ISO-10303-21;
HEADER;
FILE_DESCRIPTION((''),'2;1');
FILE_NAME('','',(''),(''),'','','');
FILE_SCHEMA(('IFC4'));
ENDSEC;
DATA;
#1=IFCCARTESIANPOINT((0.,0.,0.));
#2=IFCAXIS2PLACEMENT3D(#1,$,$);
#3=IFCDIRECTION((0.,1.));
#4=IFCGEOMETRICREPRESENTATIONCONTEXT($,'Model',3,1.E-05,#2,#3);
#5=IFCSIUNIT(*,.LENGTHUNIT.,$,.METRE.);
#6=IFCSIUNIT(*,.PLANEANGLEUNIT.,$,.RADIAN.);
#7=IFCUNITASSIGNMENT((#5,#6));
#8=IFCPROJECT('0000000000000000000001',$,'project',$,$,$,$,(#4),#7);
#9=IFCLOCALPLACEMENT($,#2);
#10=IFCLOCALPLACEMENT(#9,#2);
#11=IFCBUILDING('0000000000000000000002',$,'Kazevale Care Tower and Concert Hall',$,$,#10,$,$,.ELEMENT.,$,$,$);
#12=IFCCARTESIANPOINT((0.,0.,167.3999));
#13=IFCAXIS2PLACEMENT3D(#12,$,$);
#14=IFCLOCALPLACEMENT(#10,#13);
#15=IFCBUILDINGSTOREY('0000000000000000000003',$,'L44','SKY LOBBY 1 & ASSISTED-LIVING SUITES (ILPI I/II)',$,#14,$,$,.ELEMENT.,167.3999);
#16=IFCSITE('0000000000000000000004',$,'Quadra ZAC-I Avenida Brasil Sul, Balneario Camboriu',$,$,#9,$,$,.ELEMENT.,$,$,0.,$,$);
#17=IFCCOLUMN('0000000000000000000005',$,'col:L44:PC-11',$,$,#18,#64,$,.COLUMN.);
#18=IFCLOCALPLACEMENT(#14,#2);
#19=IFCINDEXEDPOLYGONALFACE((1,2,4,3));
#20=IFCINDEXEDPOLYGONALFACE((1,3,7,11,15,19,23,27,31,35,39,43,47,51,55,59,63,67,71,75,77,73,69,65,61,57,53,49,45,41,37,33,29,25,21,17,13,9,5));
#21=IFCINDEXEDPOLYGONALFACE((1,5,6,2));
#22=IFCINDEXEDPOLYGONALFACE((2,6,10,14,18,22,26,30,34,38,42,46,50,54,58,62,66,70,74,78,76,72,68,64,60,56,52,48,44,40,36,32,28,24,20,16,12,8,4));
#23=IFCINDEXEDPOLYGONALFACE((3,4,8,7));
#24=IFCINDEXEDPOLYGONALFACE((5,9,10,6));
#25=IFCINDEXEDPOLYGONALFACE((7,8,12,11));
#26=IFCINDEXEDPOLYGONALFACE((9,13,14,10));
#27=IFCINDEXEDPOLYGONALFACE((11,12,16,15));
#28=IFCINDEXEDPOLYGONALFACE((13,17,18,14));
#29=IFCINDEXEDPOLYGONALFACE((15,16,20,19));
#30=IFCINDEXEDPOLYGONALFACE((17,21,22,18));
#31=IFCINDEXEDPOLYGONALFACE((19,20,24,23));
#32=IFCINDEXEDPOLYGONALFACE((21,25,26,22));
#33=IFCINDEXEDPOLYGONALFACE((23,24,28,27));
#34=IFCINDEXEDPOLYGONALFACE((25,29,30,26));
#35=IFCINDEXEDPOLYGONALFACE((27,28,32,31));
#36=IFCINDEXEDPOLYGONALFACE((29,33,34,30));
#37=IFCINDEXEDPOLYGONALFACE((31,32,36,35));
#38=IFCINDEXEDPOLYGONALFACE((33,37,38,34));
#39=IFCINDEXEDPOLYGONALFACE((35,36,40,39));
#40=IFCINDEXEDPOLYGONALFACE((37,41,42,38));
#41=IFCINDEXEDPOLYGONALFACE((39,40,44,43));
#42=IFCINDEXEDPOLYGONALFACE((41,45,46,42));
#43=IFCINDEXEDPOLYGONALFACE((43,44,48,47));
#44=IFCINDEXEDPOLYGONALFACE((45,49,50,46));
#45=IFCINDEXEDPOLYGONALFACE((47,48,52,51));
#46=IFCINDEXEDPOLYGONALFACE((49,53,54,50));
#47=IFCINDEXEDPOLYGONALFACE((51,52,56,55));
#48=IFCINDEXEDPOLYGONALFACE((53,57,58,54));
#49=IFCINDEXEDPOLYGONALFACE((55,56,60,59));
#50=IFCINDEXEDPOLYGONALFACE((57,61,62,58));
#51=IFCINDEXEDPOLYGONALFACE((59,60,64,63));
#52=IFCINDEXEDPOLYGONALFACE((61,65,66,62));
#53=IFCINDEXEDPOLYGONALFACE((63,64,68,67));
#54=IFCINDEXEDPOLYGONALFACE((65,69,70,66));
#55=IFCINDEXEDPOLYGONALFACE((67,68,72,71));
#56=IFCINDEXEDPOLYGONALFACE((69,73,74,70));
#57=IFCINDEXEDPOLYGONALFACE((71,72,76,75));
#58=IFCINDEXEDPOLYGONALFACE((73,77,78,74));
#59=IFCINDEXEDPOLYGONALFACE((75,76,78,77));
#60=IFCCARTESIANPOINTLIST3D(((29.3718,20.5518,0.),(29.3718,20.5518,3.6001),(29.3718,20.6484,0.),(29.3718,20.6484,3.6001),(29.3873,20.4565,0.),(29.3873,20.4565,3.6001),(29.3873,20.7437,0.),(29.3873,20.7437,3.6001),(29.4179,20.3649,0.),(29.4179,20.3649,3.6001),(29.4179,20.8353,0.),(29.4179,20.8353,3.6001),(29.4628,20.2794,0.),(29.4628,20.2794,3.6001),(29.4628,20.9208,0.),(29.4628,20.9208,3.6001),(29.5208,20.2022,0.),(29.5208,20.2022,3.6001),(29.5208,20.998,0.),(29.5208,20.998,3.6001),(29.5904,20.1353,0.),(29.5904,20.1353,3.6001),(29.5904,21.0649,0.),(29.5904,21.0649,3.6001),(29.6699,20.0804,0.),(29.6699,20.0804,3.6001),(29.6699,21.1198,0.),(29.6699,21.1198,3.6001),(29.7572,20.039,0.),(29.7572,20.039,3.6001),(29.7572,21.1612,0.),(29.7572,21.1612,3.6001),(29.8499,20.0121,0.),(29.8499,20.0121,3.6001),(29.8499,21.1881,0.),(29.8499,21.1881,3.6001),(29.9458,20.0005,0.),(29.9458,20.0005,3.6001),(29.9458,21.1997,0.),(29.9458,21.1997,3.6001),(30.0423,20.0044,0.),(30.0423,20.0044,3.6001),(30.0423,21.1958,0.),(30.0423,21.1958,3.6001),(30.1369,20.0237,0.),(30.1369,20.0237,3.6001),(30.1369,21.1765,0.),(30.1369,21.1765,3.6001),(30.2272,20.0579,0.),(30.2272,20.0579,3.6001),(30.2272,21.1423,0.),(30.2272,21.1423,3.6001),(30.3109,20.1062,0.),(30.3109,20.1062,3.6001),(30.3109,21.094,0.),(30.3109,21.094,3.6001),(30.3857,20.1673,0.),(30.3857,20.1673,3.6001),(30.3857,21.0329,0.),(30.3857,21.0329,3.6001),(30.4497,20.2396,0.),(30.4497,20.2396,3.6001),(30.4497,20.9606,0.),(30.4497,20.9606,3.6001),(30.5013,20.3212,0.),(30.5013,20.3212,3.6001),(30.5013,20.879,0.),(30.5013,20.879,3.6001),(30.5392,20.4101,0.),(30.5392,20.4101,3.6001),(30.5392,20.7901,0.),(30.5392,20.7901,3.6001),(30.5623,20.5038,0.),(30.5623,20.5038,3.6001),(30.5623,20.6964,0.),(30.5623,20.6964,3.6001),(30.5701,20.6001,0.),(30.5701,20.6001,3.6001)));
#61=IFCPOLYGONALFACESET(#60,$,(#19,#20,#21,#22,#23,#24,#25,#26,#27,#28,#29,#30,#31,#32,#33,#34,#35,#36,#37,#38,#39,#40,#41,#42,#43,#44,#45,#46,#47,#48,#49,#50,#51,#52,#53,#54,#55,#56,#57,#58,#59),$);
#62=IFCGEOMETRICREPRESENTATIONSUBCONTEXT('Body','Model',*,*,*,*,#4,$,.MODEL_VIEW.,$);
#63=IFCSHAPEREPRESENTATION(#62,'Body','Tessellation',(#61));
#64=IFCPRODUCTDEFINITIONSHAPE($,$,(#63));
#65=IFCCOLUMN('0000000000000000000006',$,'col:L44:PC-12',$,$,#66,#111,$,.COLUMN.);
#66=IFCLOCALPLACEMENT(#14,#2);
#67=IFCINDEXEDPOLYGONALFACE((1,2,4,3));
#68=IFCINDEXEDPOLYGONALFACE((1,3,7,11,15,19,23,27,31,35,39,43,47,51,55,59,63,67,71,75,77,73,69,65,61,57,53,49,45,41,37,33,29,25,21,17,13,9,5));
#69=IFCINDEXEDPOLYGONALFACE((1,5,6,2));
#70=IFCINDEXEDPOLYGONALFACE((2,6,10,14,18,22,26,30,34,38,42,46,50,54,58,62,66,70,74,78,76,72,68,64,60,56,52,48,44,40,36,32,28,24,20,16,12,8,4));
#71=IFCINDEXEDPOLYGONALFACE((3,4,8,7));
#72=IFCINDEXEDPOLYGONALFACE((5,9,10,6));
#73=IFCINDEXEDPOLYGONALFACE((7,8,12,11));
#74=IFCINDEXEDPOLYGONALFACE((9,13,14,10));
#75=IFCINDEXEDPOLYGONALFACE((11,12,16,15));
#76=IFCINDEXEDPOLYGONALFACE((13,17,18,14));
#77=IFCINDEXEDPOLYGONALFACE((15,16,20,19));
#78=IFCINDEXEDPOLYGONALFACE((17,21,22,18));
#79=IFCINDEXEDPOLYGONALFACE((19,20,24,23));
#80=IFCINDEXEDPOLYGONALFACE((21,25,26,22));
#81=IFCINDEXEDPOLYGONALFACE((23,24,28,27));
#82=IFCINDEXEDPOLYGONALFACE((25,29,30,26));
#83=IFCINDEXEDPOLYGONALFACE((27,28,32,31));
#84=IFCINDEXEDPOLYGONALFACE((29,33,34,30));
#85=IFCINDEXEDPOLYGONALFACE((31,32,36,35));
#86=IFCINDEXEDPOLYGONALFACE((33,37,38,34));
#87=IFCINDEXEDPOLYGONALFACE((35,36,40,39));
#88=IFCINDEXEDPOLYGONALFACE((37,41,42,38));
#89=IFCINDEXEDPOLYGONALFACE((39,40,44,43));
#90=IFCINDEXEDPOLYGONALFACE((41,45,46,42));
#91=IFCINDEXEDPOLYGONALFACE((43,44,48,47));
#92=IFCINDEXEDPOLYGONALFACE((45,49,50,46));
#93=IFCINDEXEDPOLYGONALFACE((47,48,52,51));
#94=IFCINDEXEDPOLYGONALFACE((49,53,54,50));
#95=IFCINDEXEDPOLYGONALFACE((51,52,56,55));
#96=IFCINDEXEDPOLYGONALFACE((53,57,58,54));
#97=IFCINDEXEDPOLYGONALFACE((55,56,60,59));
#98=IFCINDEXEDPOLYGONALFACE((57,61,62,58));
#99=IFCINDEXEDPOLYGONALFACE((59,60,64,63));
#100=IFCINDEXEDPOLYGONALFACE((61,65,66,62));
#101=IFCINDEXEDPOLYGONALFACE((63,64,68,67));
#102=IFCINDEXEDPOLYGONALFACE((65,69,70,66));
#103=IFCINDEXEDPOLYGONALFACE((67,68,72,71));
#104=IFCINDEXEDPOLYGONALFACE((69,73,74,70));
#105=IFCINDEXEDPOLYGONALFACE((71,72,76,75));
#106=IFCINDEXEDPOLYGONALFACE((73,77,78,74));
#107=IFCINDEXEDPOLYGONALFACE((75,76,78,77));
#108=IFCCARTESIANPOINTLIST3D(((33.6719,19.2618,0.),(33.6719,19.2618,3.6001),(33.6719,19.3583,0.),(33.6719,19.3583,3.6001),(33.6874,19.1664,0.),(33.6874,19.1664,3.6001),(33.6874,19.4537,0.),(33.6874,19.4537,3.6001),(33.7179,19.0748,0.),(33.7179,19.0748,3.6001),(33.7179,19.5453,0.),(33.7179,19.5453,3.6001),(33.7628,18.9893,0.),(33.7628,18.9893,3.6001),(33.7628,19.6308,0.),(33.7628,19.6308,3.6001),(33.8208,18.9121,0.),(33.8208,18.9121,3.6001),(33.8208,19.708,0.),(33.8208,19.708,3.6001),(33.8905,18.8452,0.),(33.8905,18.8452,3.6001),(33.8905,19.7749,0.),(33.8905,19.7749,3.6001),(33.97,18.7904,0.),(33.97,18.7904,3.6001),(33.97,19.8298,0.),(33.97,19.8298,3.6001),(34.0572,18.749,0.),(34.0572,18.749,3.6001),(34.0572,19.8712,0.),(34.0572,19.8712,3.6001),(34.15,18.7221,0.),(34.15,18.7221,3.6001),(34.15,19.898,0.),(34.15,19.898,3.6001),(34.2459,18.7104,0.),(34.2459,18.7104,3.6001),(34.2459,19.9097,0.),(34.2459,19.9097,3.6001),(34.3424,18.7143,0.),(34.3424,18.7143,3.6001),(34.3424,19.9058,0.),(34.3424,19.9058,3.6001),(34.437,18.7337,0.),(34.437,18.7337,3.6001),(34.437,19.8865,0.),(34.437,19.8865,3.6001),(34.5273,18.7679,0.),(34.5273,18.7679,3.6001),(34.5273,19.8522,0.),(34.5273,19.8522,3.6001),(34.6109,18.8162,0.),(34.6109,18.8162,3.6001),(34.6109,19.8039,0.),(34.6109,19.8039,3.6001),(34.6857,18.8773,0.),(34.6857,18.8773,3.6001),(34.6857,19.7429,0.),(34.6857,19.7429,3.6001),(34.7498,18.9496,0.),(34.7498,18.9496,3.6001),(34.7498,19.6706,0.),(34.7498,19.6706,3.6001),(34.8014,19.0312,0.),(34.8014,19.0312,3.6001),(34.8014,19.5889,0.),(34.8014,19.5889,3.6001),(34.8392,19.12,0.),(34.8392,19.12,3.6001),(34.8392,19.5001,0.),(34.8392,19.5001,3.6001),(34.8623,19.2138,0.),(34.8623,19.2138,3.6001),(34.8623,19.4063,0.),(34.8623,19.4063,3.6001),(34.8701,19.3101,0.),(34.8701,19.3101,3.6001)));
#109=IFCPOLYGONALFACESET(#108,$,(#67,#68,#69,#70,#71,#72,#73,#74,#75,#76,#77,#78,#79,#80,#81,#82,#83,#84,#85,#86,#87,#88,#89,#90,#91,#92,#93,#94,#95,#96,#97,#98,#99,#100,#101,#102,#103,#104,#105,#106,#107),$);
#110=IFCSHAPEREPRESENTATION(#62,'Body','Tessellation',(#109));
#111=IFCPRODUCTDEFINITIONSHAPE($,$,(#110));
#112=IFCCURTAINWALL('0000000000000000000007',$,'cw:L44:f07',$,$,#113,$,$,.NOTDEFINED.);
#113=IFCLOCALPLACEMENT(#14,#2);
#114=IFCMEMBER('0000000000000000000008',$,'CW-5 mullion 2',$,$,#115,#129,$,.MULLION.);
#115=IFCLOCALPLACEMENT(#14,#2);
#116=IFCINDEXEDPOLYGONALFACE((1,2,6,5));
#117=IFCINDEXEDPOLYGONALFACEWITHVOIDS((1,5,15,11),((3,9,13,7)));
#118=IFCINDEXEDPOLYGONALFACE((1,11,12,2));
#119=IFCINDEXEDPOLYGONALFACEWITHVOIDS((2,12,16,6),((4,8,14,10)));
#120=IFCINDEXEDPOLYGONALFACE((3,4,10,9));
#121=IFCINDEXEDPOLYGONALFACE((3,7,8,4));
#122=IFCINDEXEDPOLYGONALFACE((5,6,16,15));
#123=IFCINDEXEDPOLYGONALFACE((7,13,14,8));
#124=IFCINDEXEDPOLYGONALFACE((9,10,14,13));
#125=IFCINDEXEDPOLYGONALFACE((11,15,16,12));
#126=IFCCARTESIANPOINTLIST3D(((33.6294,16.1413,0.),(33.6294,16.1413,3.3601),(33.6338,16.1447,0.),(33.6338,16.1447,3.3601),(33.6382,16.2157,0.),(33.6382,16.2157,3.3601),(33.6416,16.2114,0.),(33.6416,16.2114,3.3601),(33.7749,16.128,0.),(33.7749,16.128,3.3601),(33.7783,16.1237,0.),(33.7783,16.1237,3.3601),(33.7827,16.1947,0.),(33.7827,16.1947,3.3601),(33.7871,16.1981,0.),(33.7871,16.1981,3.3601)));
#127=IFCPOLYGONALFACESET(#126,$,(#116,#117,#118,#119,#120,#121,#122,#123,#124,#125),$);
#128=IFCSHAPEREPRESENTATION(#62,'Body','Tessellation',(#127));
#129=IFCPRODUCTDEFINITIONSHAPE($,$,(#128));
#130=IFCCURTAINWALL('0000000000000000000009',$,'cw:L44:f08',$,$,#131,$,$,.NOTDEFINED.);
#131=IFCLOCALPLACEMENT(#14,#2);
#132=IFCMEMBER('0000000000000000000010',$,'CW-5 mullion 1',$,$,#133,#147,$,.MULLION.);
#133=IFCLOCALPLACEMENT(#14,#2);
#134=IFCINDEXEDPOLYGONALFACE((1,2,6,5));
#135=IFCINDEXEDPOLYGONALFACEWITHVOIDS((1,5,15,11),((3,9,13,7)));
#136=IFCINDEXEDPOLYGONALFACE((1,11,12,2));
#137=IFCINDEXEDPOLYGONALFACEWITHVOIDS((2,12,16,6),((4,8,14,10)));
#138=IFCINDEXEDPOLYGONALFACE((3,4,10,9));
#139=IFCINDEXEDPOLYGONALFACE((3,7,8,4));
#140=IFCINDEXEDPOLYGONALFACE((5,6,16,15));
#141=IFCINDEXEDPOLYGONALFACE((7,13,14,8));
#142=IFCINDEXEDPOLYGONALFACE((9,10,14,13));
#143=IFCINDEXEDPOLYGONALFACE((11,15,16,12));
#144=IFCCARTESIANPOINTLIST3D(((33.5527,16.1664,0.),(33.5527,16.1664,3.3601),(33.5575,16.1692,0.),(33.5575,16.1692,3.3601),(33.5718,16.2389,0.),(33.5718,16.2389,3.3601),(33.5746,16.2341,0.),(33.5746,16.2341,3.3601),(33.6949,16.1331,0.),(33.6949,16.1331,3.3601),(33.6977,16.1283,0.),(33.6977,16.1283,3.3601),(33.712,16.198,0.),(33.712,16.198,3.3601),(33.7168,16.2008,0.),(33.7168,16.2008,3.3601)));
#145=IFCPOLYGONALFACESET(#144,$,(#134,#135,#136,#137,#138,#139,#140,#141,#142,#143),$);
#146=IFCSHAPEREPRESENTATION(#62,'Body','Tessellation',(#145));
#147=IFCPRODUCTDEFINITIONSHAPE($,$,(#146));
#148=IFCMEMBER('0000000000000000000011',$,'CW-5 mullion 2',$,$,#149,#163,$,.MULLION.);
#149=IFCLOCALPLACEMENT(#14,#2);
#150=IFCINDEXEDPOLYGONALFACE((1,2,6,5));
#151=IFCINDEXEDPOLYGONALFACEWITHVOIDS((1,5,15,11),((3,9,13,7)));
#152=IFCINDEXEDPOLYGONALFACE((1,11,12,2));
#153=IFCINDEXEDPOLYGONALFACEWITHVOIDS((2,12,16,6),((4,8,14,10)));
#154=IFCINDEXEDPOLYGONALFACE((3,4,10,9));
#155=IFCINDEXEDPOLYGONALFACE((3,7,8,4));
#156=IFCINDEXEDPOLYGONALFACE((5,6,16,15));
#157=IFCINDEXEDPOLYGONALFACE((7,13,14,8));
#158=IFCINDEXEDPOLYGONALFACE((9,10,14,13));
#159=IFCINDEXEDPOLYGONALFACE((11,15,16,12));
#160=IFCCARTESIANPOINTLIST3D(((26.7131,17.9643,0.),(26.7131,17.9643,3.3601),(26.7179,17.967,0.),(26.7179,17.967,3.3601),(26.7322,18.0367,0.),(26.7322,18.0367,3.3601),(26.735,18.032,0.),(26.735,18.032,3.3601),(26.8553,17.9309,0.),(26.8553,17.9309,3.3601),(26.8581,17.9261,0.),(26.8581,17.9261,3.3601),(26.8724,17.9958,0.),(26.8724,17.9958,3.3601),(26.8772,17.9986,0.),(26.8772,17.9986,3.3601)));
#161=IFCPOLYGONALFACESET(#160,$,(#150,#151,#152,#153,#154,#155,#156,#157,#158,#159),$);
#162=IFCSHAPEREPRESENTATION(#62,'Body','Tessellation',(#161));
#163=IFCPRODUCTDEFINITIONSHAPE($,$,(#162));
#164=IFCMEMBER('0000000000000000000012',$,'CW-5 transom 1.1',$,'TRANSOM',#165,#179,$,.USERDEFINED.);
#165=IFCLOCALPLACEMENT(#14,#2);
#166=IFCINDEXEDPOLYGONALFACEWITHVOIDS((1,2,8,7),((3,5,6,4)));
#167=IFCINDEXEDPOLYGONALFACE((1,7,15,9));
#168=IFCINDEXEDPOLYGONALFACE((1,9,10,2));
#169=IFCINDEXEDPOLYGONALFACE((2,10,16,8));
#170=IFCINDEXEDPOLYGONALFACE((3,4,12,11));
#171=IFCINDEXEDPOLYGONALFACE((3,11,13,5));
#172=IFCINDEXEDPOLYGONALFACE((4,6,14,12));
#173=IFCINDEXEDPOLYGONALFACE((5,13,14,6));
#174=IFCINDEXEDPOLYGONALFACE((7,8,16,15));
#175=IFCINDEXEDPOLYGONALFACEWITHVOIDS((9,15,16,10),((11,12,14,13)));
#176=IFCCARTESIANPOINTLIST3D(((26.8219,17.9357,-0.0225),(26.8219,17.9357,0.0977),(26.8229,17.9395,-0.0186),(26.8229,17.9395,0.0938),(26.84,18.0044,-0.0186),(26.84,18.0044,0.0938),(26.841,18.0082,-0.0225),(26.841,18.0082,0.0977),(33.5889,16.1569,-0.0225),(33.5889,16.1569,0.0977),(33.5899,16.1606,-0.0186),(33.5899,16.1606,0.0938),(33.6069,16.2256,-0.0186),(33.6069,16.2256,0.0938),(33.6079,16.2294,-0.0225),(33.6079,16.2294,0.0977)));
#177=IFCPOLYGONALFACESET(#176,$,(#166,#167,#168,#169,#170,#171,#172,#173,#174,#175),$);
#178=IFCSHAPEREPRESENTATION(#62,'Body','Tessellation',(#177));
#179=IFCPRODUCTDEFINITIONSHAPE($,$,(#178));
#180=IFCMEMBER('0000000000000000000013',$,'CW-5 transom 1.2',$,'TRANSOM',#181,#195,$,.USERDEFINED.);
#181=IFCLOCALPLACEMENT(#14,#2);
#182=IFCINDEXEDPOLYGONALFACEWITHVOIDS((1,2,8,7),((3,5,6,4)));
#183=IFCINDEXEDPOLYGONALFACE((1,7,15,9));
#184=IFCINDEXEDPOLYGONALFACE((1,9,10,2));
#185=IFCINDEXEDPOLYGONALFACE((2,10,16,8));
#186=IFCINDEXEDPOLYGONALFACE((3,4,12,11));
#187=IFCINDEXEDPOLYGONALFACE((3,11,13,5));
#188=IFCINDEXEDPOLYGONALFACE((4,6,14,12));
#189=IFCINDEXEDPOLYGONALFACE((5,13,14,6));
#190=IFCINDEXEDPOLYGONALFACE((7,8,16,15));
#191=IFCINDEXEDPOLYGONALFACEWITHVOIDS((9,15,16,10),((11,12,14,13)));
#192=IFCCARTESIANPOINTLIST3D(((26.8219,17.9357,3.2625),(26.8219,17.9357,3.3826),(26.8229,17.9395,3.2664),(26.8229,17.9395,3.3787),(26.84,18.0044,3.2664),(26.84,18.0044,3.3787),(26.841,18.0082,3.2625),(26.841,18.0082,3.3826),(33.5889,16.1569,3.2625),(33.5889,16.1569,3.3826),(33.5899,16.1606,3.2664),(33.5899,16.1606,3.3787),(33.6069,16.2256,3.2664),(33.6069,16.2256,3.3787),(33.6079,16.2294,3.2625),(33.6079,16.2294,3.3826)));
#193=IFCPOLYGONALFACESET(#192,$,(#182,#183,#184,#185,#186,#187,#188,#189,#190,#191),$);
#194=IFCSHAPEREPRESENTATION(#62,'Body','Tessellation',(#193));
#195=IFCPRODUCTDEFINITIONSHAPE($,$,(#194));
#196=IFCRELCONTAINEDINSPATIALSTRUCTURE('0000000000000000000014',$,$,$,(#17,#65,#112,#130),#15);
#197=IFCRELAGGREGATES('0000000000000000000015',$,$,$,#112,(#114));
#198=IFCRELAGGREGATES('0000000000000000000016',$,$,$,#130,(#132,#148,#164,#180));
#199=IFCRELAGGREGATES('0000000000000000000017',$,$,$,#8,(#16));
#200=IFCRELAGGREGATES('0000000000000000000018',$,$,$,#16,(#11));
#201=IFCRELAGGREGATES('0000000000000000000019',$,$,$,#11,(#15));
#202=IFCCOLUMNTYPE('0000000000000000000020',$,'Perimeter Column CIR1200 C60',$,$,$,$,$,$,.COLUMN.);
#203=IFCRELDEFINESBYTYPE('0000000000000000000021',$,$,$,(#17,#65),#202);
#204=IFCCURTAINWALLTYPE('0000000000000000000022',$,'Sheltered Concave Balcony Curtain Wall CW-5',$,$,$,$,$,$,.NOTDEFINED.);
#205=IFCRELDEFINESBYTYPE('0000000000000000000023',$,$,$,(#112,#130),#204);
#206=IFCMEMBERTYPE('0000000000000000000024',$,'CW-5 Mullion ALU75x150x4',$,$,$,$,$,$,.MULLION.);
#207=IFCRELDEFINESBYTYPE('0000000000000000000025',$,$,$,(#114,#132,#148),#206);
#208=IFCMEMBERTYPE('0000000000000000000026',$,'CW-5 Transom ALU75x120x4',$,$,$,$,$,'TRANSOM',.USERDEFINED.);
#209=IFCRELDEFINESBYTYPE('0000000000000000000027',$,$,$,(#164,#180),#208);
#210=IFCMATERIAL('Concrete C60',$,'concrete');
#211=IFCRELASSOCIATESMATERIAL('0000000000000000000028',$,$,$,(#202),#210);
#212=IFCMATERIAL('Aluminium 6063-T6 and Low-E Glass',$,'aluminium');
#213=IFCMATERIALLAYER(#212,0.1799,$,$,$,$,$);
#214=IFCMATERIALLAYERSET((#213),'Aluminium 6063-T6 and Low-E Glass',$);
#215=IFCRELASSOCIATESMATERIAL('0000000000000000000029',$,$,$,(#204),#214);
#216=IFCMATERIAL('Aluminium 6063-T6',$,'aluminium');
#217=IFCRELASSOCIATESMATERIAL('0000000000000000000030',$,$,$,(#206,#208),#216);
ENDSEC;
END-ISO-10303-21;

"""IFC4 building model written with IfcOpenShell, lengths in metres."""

from ifc_helpers import new_model, si_unit, direction, frame, origin, origin_2d, place, context, subcontext, project, spatial, hollow_rectangle, circle, extrude, material, layer, layer_set, material_profile, profile_set, type_object, element, aggregate, save


model = new_model("IFC4")

# Units and contexts
model_context = context("Model", 3, precision=1e-05, world=origin(), true_north=direction((0.0, 1.0)))
body_context = subcontext(model_context, "Body", "Model", "MODEL_VIEW")
ifc_project = project(units=[si_unit("LENGTHUNIT", "METRE"), si_unit("PLANEANGLEUNIT", "RADIAN")], contexts=[model_context])

# Site, building, storey
site_placement = place(None, origin())
site = spatial("IfcSite", under=ifc_project, at=site_placement, Name="Quadra ZAC-I Avenida Brasil Sul, Balneario Camboriu", CompositionType="ELEMENT", RefElevation=0.0)
building_placement = place(site_placement, origin())
building = spatial("IfcBuilding", under=site, at=building_placement, Name="Kazevale Care Tower and Concert Hall", CompositionType="ELEMENT")
storey_placement = place(building_placement, frame((0.0, 0.0, 167.3999)))
storey = spatial("IfcBuildingStorey", under=building, at=storey_placement, Name="L44", Description="SKY LOBBY 1 & ASSISTED-LIVING SUITES (ILPI I/II)", CompositionType="ELEMENT", Elevation=167.3999)

# Columns
ifc_material_1 = material(Name="Concrete C60", Category="concrete")
ifc_material_profile_1 = material_profile(ifc_material_1, circle(Radius=0.6001, at=origin_2d()), Name="RC-CIR1200")
ifc_profile_set_1 = profile_set([ifc_material_profile_1], Name="Concrete C60")
column_type = type_object("IfcColumnType", Name="Perimeter Column CIR1200 C60", PredefinedType="COLUMN", material=ifc_profile_set_1)
for number, where, z_axis, x_axis, name in (
    (1, (29.97, 20.6001, 0.0), (0.0, 0.0, 1.0), (1.0, 0.0, 0.0), "col:L44:PC-11"),
    (2, (34.27, 19.3101, 0.0), (0.0, 0.0, 1.0), (1.0, 0.0, 0.0), "col:L44:PC-12"),
):
    element("IfcColumn", number, at=place(storey_placement, frame(where, z_axis=z_axis, x_axis=x_axis)), inside=storey, type_object=column_type, Name=name, PredefinedType="COLUMN", context=body_context, shape_type="SweptSolid", body=[
        extrude(circle(Radius=0.6001, at=origin_2d()), origin(), (0.0, 0.0, 1.0), 3.6001),
    ])

# Curtain wall, member
ifc_material_2 = material(Name="Aluminium 6063-T6 and Low-E Glass", Category="aluminium")
ifc_layer_1 = layer(ifc_material_2, 0.1799)
ifc_layer_set_1 = layer_set([ifc_layer_1], Name="Aluminium 6063-T6 and Low-E Glass")
curtain_wall_type = type_object("IfcCurtainWallType", Name="Sheltered Concave Balcony Curtain Wall CW-5", PredefinedType="NOTDEFINED", material=ifc_layer_set_1)
curtain_wall_1_placement = place(storey_placement, origin())
curtain_wall_1 = element("IfcCurtainWall", 3, at=curtain_wall_1_placement, inside=storey, type_object=curtain_wall_type, Name="cw:L44:f07", PredefinedType="NOTDEFINED")
ifc_material_3 = material(Name="Aluminium 6063-T6", Category="aluminium")
ifc_material_profile_2 = material_profile(ifc_material_3, hollow_rectangle(XDim=0.075, YDim=0.1499, WallThickness=0.0039, at=origin_2d()), Name="ALU75x150x4")
ifc_profile_set_2 = profile_set([ifc_material_profile_2], Name="Aluminium 6063-T6")
member_type_1 = type_object("IfcMemberType", Name="CW-5 Mullion ALU75x150x4", PredefinedType="MULLION", material=ifc_profile_set_2)
member_1_placement = place(storey_placement, frame((33.7083, 16.1697, 0.0), z_axis=(0.0, 0.0, 1.0), x_axis=(-0.117372, -0.993088, 0.0)))
member_1 = element("IfcMember", 4, at=member_1_placement, type_object=member_type_1, Name="CW-5 mullion 2", PredefinedType="MULLION", context=body_context, shape_type="SweptSolid", body=[
    extrude(hollow_rectangle(XDim=0.075, YDim=0.1499, WallThickness=0.0039, at=origin_2d()), origin(), (0.0, 0.0, 1.0), 3.3601),
])
aggregate(curtain_wall_1, [member_1])

# Curtain wall, members
curtain_wall_2_placement = place(storey_placement, origin())
curtain_wall_2 = element("IfcCurtainWall", 5, at=curtain_wall_2_placement, inside=storey, type_object=curtain_wall_type, Name="cw:L44:f08", PredefinedType="NOTDEFINED")
member_2_placement = place(storey_placement, frame((33.6348, 16.1836, 0.0), z_axis=(0.0, 0.0, 1.0), x_axis=(-0.254238, -0.967142, 0.0)))
member_2 = element("IfcMember", 6, at=member_2_placement, type_object=member_type_1, Name="CW-5 mullion 1", PredefinedType="MULLION", context=body_context, shape_type="SweptSolid", body=[
    extrude(hollow_rectangle(XDim=0.075, YDim=0.1499, WallThickness=0.0039, at=origin_2d()), origin(), (0.0, 0.0, 1.0), 3.3601),
])
member_3_placement = place(storey_placement, frame((26.7952, 17.9814, 0.0), z_axis=(0.0, 0.0, 1.0), x_axis=(-0.254238, -0.967142, 0.0)))
member_3 = element("IfcMember", 7, at=member_3_placement, type_object=member_type_1, Name="CW-5 mullion 2", PredefinedType="MULLION", context=body_context, shape_type="SweptSolid", body=[
    extrude(hollow_rectangle(XDim=0.075, YDim=0.1499, WallThickness=0.0039, at=origin_2d()), origin(), (0.0, 0.0, 1.0), 3.3601),
])
ifc_material_profile_3 = material_profile(ifc_material_3, hollow_rectangle(XDim=0.075, YDim=0.1201, WallThickness=0.0039, at=origin_2d()), Name="ALU75x120x4")
ifc_profile_set_3 = profile_set([ifc_material_profile_3], Name="Aluminium 6063-T6")
member_type_2 = type_object("IfcMemberType", Name="CW-5 Transom ALU75x120x4", ElementType="TRANSOM", PredefinedType="USERDEFINED", material=ifc_profile_set_3)
member_4_placement = place(storey_placement, frame((33.5984, 16.1931, 0.0376), z_axis=(-0.967143, 0.254234, 0.0), x_axis=(-0.254234, -0.967143, 0.0)))
member_4 = element("IfcMember", 8, at=member_4_placement, type_object=member_type_2, Name="CW-5 transom 1.1", ObjectType="TRANSOM", PredefinedType="USERDEFINED", context=body_context, shape_type="SweptSolid", body=[
    extrude(hollow_rectangle(XDim=0.075, YDim=0.1201, WallThickness=0.0039, at=origin_2d()), origin(), (0.0, 0.0, 1.0), 6.9968),
])
member_5_placement = place(storey_placement, frame((33.5984, 16.1931, 3.3225), z_axis=(-0.967143, 0.254234, 0.0), x_axis=(-0.254234, -0.967143, 0.0)))
member_5 = element("IfcMember", 9, at=member_5_placement, type_object=member_type_2, Name="CW-5 transom 1.2", ObjectType="TRANSOM", PredefinedType="USERDEFINED", context=body_context, shape_type="SweptSolid", body=[
    extrude(hollow_rectangle(XDim=0.075, YDim=0.1201, WallThickness=0.0039, at=origin_2d()), origin(), (0.0, 0.0, 1.0), 6.9968),
])

aggregate(curtain_wall_2, [member_2, member_3, member_4, member_5])

save(model, "model.ifc")
